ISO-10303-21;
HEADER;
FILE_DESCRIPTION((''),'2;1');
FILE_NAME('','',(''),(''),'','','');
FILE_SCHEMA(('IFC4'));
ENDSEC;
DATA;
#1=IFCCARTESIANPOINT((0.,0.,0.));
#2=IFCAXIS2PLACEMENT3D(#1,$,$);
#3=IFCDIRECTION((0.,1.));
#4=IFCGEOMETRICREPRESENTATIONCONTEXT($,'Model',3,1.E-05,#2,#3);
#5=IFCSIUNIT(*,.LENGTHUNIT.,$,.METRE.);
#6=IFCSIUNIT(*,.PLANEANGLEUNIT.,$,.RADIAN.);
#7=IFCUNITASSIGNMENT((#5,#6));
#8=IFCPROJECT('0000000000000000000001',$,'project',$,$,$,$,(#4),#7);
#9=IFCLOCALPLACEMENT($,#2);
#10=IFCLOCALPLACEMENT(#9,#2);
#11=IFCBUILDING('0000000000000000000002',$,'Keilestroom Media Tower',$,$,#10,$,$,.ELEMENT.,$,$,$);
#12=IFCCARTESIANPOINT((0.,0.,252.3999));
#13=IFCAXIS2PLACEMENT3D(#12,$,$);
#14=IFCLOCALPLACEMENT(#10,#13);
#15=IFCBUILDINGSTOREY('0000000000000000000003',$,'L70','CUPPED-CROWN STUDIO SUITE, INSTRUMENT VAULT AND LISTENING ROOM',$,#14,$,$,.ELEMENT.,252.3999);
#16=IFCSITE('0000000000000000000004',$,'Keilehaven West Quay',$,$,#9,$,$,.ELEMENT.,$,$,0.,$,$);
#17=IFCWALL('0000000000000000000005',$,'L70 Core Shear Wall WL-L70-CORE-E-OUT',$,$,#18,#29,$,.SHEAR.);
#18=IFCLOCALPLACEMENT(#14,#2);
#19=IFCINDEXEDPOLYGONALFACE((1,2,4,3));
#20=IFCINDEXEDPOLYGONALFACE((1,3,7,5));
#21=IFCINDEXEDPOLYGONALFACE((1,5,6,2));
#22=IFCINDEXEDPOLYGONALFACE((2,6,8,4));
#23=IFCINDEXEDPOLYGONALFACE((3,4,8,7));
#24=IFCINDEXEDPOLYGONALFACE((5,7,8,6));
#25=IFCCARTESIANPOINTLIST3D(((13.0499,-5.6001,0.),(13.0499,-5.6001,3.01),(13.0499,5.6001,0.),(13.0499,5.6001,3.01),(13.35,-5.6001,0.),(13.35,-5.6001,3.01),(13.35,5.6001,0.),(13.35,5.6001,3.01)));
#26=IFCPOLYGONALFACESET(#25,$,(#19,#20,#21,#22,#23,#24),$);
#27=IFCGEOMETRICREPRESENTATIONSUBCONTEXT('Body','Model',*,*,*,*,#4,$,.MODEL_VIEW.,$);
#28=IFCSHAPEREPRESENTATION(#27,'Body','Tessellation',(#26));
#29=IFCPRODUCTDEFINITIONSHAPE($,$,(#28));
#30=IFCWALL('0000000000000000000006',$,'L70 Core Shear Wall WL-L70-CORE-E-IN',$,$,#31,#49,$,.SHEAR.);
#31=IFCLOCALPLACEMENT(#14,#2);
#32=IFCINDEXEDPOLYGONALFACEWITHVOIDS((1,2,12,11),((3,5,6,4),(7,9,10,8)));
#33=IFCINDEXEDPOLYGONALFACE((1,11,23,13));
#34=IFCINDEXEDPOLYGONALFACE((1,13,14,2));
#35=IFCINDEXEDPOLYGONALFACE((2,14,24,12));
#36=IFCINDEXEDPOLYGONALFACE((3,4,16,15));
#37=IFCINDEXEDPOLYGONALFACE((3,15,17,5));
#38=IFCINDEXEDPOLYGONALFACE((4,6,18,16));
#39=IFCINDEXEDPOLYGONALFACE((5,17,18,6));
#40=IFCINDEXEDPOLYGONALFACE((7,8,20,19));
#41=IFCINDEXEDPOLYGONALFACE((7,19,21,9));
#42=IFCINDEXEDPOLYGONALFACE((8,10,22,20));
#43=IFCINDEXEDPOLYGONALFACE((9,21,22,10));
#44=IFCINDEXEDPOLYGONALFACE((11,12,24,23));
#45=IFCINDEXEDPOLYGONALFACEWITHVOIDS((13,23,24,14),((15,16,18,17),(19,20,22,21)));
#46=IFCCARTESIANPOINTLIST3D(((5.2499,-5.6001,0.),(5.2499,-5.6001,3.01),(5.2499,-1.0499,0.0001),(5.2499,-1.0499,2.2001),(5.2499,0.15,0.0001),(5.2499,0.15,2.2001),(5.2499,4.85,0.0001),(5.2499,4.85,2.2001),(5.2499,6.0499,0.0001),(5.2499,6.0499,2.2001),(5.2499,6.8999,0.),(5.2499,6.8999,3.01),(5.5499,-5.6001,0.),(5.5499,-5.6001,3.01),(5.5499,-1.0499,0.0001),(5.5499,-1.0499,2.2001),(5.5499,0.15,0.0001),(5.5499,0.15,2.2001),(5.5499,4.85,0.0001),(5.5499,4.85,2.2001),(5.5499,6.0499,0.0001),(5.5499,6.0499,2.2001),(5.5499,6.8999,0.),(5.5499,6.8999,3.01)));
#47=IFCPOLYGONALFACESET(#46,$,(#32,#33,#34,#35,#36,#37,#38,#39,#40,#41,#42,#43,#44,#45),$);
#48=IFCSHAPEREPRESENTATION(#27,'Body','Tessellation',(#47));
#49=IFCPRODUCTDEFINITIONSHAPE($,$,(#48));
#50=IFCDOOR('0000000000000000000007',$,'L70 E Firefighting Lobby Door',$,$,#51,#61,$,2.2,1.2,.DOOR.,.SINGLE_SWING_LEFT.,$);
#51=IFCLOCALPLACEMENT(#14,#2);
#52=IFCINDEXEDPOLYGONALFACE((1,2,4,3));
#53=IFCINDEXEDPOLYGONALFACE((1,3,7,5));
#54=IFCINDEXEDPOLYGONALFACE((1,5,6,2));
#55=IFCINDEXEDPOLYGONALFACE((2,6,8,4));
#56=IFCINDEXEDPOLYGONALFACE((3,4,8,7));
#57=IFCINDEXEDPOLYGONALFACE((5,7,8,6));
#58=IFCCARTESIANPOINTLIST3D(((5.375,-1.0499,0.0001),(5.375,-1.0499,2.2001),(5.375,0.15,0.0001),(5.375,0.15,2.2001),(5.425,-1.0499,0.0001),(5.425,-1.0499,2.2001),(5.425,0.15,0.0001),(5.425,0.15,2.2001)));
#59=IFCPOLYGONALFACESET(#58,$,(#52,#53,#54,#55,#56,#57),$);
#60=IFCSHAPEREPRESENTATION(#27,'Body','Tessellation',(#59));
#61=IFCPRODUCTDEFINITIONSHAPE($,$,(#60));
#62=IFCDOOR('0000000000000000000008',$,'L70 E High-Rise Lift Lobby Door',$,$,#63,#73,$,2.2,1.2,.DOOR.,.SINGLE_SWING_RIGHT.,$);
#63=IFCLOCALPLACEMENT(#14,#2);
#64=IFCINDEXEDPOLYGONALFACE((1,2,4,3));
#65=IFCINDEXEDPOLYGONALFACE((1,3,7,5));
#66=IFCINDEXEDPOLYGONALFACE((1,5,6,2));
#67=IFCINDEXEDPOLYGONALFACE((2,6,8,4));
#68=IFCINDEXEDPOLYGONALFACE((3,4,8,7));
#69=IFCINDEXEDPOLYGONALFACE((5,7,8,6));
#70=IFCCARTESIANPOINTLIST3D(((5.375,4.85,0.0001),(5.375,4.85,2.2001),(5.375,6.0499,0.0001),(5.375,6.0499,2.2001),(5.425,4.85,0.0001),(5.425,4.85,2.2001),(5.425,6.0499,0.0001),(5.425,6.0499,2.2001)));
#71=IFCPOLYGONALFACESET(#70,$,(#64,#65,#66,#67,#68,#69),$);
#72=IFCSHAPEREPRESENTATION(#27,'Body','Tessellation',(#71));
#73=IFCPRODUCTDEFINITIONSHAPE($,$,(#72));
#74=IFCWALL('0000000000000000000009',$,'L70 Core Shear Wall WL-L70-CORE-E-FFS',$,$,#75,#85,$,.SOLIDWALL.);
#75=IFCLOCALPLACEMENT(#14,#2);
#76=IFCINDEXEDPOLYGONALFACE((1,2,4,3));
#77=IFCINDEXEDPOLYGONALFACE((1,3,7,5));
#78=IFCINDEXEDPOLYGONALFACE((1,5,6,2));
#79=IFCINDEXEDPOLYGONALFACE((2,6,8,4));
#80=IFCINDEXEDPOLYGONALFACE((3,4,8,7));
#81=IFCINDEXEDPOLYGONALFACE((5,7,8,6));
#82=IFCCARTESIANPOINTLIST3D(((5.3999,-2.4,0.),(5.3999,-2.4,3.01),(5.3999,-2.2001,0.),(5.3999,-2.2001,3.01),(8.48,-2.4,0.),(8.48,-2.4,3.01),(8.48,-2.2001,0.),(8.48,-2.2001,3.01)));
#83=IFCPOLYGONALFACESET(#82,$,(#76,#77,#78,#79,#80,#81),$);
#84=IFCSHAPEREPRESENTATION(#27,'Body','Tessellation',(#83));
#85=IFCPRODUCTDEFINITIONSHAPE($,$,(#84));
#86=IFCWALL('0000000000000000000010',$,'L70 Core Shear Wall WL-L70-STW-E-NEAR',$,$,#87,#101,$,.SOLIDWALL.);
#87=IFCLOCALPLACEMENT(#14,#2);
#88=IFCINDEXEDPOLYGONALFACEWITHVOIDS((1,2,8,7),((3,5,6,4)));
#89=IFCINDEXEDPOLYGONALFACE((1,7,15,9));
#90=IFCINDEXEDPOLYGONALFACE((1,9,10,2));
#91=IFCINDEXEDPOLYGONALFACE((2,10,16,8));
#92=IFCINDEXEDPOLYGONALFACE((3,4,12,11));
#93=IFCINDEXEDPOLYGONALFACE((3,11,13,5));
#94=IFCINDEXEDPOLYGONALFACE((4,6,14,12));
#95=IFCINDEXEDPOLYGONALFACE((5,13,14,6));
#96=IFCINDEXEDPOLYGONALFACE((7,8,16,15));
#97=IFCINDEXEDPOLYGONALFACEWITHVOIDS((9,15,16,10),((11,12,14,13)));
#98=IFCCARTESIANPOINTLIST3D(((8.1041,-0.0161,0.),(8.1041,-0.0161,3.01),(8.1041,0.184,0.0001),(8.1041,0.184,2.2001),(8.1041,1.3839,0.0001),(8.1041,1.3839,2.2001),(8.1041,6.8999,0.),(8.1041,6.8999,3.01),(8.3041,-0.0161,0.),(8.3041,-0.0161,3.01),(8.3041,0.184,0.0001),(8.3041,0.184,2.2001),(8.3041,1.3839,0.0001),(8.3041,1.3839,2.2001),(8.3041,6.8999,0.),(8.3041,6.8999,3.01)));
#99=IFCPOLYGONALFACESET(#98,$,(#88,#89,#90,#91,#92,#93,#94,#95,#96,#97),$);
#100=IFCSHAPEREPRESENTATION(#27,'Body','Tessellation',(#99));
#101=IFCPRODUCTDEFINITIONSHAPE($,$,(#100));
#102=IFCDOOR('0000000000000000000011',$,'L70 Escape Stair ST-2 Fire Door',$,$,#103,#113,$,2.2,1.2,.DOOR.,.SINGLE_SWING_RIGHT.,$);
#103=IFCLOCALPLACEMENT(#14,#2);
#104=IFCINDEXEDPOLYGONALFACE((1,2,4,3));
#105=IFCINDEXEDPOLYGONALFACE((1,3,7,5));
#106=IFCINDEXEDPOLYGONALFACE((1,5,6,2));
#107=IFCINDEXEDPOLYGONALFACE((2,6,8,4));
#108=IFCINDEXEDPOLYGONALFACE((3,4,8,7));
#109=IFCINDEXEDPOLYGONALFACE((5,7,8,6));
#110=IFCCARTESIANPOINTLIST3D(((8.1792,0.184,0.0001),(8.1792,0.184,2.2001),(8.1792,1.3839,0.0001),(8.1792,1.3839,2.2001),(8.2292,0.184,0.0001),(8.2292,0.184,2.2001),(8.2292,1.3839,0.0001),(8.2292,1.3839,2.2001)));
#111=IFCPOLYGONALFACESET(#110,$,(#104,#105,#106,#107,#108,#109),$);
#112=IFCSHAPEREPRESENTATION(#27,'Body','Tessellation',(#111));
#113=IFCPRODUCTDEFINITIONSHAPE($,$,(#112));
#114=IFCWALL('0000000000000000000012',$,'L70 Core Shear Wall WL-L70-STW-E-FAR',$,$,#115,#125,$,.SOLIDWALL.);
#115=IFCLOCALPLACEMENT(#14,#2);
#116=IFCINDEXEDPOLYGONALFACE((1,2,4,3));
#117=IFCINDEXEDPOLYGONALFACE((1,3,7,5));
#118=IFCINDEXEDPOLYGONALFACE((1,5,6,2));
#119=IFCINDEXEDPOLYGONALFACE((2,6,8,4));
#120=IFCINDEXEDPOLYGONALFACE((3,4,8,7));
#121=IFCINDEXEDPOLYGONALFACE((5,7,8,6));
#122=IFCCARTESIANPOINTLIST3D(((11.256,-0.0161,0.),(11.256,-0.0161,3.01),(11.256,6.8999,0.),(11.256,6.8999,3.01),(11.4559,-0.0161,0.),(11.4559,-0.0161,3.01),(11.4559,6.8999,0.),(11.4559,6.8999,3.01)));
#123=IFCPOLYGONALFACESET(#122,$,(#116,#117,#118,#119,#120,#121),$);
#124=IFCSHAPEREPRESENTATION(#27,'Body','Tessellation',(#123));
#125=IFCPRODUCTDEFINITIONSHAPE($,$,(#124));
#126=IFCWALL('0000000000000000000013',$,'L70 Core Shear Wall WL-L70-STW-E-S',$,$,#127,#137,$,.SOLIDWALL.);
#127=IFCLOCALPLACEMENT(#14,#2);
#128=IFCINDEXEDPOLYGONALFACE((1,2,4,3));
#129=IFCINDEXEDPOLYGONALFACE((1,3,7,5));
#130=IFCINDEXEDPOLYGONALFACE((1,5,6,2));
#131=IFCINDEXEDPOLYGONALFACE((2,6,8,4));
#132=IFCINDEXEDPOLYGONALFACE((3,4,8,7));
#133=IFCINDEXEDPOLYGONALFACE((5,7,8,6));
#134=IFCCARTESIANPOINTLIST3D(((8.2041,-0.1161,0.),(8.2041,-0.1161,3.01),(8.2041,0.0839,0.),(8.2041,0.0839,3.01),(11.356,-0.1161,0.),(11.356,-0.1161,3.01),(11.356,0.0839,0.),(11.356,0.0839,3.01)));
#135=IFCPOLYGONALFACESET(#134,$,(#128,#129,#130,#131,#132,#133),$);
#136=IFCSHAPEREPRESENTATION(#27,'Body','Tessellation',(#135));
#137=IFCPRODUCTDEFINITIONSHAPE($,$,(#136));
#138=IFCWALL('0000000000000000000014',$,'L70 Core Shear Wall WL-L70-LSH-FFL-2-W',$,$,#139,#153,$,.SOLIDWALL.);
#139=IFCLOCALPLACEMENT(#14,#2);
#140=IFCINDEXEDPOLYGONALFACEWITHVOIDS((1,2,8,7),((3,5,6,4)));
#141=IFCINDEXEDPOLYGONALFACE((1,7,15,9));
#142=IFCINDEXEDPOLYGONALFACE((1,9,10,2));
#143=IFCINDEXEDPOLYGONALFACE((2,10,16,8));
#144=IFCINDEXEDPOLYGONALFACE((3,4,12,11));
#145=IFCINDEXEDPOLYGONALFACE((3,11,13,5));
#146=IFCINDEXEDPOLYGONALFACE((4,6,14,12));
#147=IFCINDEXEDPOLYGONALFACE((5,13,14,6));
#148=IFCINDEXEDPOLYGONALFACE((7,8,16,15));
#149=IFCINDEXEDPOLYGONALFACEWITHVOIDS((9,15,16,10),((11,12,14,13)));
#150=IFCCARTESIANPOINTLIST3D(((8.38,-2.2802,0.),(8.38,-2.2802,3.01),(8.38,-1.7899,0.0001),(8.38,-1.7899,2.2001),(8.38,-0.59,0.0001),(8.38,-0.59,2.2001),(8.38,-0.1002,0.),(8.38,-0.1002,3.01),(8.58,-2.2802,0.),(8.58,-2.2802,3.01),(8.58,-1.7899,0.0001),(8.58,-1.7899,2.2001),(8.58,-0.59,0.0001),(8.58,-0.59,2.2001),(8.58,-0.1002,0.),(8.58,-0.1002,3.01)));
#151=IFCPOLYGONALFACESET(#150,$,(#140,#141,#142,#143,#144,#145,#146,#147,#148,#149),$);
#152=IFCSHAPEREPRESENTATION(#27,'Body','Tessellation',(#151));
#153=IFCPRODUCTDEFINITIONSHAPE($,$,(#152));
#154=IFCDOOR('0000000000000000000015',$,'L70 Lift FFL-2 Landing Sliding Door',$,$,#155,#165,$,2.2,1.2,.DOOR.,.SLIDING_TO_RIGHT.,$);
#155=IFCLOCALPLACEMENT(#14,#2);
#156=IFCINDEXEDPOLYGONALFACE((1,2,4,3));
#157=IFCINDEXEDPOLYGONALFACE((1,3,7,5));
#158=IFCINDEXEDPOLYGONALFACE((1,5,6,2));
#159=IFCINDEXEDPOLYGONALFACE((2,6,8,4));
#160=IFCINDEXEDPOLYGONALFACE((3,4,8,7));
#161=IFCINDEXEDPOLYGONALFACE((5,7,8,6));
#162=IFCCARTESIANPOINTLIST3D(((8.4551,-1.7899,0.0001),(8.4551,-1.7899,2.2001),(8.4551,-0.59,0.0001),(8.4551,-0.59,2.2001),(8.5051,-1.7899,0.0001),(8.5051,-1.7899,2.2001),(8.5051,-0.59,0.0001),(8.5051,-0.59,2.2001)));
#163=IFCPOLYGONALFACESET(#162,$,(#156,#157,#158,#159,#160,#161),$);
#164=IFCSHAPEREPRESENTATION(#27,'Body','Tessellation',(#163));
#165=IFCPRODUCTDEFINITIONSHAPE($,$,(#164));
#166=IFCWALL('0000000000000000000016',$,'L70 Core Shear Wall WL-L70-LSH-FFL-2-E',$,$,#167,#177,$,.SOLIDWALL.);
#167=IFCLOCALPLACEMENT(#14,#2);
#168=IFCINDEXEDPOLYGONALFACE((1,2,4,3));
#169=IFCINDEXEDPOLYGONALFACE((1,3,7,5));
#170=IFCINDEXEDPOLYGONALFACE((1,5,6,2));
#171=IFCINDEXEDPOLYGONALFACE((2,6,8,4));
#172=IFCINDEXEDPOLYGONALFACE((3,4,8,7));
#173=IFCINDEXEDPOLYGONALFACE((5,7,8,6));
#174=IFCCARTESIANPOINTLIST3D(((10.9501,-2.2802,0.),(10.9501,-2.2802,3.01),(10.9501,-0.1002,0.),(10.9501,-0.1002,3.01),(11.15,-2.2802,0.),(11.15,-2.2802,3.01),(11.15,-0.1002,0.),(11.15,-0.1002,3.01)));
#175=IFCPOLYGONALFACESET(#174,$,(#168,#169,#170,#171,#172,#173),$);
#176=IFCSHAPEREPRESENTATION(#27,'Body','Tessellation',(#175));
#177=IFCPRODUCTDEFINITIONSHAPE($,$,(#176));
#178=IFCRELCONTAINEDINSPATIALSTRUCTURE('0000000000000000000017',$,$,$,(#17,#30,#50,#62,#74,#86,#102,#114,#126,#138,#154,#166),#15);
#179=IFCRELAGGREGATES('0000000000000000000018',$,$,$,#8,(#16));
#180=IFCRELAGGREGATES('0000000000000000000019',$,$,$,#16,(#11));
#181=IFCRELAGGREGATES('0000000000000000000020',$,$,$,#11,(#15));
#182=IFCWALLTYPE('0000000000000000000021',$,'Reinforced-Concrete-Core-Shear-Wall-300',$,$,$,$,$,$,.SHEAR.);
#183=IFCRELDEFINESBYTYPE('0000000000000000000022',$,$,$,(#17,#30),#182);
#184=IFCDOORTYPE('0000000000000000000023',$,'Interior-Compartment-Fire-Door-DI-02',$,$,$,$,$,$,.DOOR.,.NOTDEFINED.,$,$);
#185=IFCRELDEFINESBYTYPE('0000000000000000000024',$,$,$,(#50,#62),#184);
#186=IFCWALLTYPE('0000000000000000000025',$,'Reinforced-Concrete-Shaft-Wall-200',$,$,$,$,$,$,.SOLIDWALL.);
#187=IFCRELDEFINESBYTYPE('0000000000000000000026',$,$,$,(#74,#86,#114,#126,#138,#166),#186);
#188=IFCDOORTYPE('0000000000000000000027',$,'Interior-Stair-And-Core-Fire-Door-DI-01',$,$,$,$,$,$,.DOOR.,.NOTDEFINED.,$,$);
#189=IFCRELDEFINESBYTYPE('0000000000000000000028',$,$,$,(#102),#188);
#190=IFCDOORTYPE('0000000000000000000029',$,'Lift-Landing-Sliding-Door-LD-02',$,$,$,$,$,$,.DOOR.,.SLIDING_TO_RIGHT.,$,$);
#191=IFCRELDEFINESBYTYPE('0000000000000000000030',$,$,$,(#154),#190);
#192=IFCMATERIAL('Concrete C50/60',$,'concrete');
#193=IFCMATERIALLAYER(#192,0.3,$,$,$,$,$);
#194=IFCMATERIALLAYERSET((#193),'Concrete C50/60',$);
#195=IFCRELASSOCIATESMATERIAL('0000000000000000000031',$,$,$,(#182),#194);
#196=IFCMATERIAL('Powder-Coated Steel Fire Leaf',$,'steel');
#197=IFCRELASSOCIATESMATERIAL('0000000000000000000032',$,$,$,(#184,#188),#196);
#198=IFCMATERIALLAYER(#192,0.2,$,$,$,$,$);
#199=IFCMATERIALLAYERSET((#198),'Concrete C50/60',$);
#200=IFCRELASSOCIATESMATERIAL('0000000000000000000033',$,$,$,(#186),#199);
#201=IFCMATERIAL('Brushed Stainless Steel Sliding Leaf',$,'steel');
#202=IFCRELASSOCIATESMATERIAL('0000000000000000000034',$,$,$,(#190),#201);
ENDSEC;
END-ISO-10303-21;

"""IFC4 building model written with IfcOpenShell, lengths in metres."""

from ifc_helpers import new_model, si_unit, direction, frame, frame_2d, origin, place, context, subcontext, project, spatial, rectangle, extrude, source, transform, mapped, material, layer, layer_set, type_object, element, fill, save


model = new_model("IFC4")

# Units and contexts
model_context = context("Model", 3, precision=1e-05, world=origin(), true_north=direction((0.0, 1.0)))
body_context = subcontext(model_context, "Body", "Model", "MODEL_VIEW")
ifc_project = project(units=[si_unit("LENGTHUNIT", "METRE"), si_unit("PLANEANGLEUNIT", "RADIAN")], contexts=[model_context])

# Site, building, storey
site_placement = place(None, origin())
site = spatial("IfcSite", under=ifc_project, at=site_placement, Name="Keilehaven West Quay", CompositionType="ELEMENT", RefElevation=0.0)
building_placement = place(site_placement, origin())
building = spatial("IfcBuilding", under=site, at=building_placement, Name="Keilestroom Media Tower", CompositionType="ELEMENT")
storey_placement = place(building_placement, frame((0.0, 0.0, 252.3999)))
storey = spatial("IfcBuildingStorey", under=building, at=storey_placement, Name="L70", Description="CUPPED-CROWN STUDIO SUITE, INSTRUMENT VAULT AND LISTENING ROOM", CompositionType="ELEMENT", Elevation=252.3999)

# Shared definitions
ifc_material_1 = material(Name="Concrete C50/60", Category="concrete")

# Wall
ifc_layer_1 = layer(ifc_material_1, 0.3)
ifc_layer_set_1 = layer_set([ifc_layer_1], Name="Concrete C50/60")
wall_type_1 = type_object("IfcWallType", Name="Reinforced-Concrete-Core-Shear-Wall-300", PredefinedType="SHEAR", material=ifc_layer_set_1)
wall_1_placement = place(storey_placement, frame((13.2, -5.6001, 0.0), z_axis=(0.0, 0.0, 1.0), x_axis=(0.0, 1.0, 0.0)))
element("IfcWall", 1, at=wall_1_placement, inside=storey, type_object=wall_type_1, Name="L70 Core Shear Wall WL-L70-CORE-E-OUT", PredefinedType="SHEAR", context=body_context, shape_type="SweptSolid", body=[
    extrude(rectangle(XDim=11.2002, YDim=0.3, at=frame_2d((5.6001, 0.0))), origin(), (0.0, 0.0, 1.0), 3.01),
])

# Wall, openings, doors
wall_2_placement = place(storey_placement, frame((5.3999, -5.6001, 0.0), z_axis=(0.0, 0.0, 1.0), x_axis=(0.0, 1.0, 0.0)))
wall_2 = element("IfcWall", 2, at=wall_2_placement, inside=storey, type_object=wall_type_1, Name="L70 Core Shear Wall WL-L70-CORE-E-IN", PredefinedType="SHEAR", context=body_context, shape_type="SweptSolid", body=[
    extrude(rectangle(XDim=12.5, YDim=0.3, at=frame_2d((6.25, 0.0))), origin(), (0.0, 0.0, 1.0), 3.01),
])
opening_1_placement = place(wall_2_placement, frame((4.55, 0.0, 0.0)))
opening_1 = element("IfcOpeningElement", 3, at=opening_1_placement, cuts=wall_2, PredefinedType="OPENING", context=body_context, shape_type="SweptSolid", body=[
    extrude(rectangle(XDim=1.2, YDim=2.2, at=frame_2d((0.6001, 1.1001))), frame((0.0, 0.1602, 0.0), z_axis=(0.0, -1.0, 0.0), x_axis=(1.0, 0.0, 0.0)), (0.0, 0.0, 1.0), 0.3201),
])
opening_2_placement = place(wall_2_placement, frame((10.45, 0.0, 0.0)))
opening_2 = element("IfcOpeningElement", 4, at=opening_2_placement, cuts=wall_2, PredefinedType="OPENING", context=body_context, shape_type="SweptSolid", body=[
    extrude(rectangle(XDim=1.2, YDim=2.2, at=frame_2d((0.6001, 1.1001))), frame((0.0, 0.1602, 0.0), z_axis=(0.0, -1.0, 0.0), x_axis=(1.0, 0.0, 0.0)), (0.0, 0.0, 1.0), 0.3201),
])
ifc_material_2 = material(Name="Powder-Coated Steel Fire Leaf", Category="steel")
door_type_1 = type_object("IfcDoorType", Name="Interior-Compartment-Fire-Door-DI-02", OperationType="NOTDEFINED", PredefinedType="DOOR", material=ifc_material_2)
shared_shape_1 = source(origin(), body_context, "Body", "SweptSolid", [
    extrude(rectangle(XDim=1.2, YDim=2.2, at=frame_2d((0.6001, 1.1001))), frame((0.0, 0.0249, 0.0), z_axis=(0.0, -1.0, 0.0), x_axis=(1.0, 0.0, 0.0)), (0.0, 0.0, 1.0), 0.05),
])
door_1_placement = place(opening_1_placement, origin())
door_1 = element("IfcDoor", 5, at=door_1_placement, inside=storey, type_object=door_type_1, Name="L70 E Firefighting Lobby Door", OperationType="SINGLE_SWING_LEFT", OverallHeight=2.2, OverallWidth=1.2, PredefinedType="DOOR", context=body_context, shape_type="MappedRepresentation", body=[
    mapped(shared_shape_1, transform((0.0, 0.0, 0.0), x_axis=(1.0, 0.0, 0.0), y_axis=(0.0, 1.0, 0.0), z_axis=(0.0, 0.0, 1.0), scale=1.0)),
])
fill(opening_1, door_1)
door_2_placement = place(opening_2_placement, origin())
door_2 = element("IfcDoor", 6, at=door_2_placement, inside=storey, type_object=door_type_1, Name="L70 E High-Rise Lift Lobby Door", OperationType="SINGLE_SWING_RIGHT", OverallHeight=2.2, OverallWidth=1.2, PredefinedType="DOOR", context=body_context, shape_type="MappedRepresentation", body=[
    mapped(shared_shape_1, transform((0.0, 0.0, 0.0), x_axis=(1.0, 0.0, 0.0), y_axis=(0.0, 1.0, 0.0), z_axis=(0.0, 0.0, 1.0), scale=1.0)),
])
fill(opening_2, door_2)

# Wall
ifc_layer_2 = layer(ifc_material_1, 0.2)
ifc_layer_set_2 = layer_set([ifc_layer_2], Name="Concrete C50/60")
wall_type_2 = type_object("IfcWallType", Name="Reinforced-Concrete-Shaft-Wall-200", PredefinedType="SOLIDWALL", material=ifc_layer_set_2)
wall_3_placement = place(storey_placement, frame((5.3999, -2.3, 0.0), z_axis=(0.0, 0.0, 1.0), x_axis=(1.0, 0.0, 0.0)))
element("IfcWall", 7, at=wall_3_placement, inside=storey, type_object=wall_type_2, Name="L70 Core Shear Wall WL-L70-CORE-E-FFS", PredefinedType="SOLIDWALL", context=body_context, shape_type="SweptSolid", body=[
    extrude(rectangle(XDim=3.0801, YDim=0.2, at=frame_2d((1.54, 0.0))), origin(), (0.0, 0.0, 1.0), 3.01),
])

# Wall, opening, door
wall_4_placement = place(storey_placement, frame((8.2041, -0.0161, 0.0), z_axis=(0.0, 0.0, 1.0), x_axis=(0.0, 1.0, 0.0)))
wall_4 = element("IfcWall", 8, at=wall_4_placement, inside=storey, type_object=wall_type_2, Name="L70 Core Shear Wall WL-L70-STW-E-NEAR", PredefinedType="SOLIDWALL", context=body_context, shape_type="SweptSolid", body=[
    extrude(rectangle(XDim=6.916, YDim=0.2, at=frame_2d((3.458, 0.0))), origin(), (0.0, 0.0, 1.0), 3.01),
])
opening_3_placement = place(wall_4_placement, frame((0.2, 0.0, 0.0)))
opening_3 = element("IfcOpeningElement", 9, at=opening_3_placement, cuts=wall_4, PredefinedType="OPENING", context=body_context, shape_type="SweptSolid", body=[
    extrude(rectangle(XDim=1.2, YDim=2.2, at=frame_2d((0.6001, 1.1001))), frame((0.0, 0.1099, 0.0), z_axis=(0.0, -1.0, 0.0), x_axis=(1.0, 0.0, 0.0)), (0.0, 0.0, 1.0), 0.22),
])
door_type_2 = type_object("IfcDoorType", Name="Interior-Stair-And-Core-Fire-Door-DI-01", OperationType="NOTDEFINED", PredefinedType="DOOR", material=ifc_material_2)
door_3_placement = place(opening_3_placement, origin())
door_3 = element("IfcDoor", 10, at=door_3_placement, inside=storey, type_object=door_type_2, Name="L70 Escape Stair ST-2 Fire Door", OperationType="SINGLE_SWING_RIGHT", OverallHeight=2.2, OverallWidth=1.2, PredefinedType="DOOR", context=body_context, shape_type="MappedRepresentation", body=[
    mapped(shared_shape_1, transform((0.0, 0.0, 0.0), x_axis=(1.0, 0.0, 0.0), y_axis=(0.0, 1.0, 0.0), z_axis=(0.0, 0.0, 1.0), scale=1.0)),
])
fill(opening_3, door_3)

# Walls
wall_5_placement = place(storey_placement, frame((11.356, -0.0161, 0.0), z_axis=(0.0, 0.0, 1.0), x_axis=(0.0, 1.0, 0.0)))
element("IfcWall", 11, at=wall_5_placement, inside=storey, type_object=wall_type_2, Name="L70 Core Shear Wall WL-L70-STW-E-FAR", PredefinedType="SOLIDWALL", context=body_context, shape_type="SweptSolid", body=[
    extrude(rectangle(XDim=6.916, YDim=0.2, at=frame_2d((3.458, 0.0))), origin(), (0.0, 0.0, 1.0), 3.01),
])
wall_6_placement = place(storey_placement, frame((8.2041, -0.0161, 0.0), z_axis=(0.0, 0.0, 1.0), x_axis=(1.0, 0.0, 0.0)))
element("IfcWall", 12, at=wall_6_placement, inside=storey, type_object=wall_type_2, Name="L70 Core Shear Wall WL-L70-STW-E-S", PredefinedType="SOLIDWALL", context=body_context, shape_type="SweptSolid", body=[
    extrude(rectangle(XDim=3.1519, YDim=0.2, at=frame_2d((1.5759, 0.0))), origin(), (0.0, 0.0, 1.0), 3.01),
])

# Wall, opening, door
wall_7_placement = place(storey_placement, frame((8.48, -2.28, 0.0), z_axis=(0.0, 0.0, 1.0), x_axis=(0.0, 1.0, 0.0)))
wall_7 = element("IfcWall", 13, at=wall_7_placement, inside=storey, type_object=wall_type_2, Name="L70 Core Shear Wall WL-L70-LSH-FFL-2-W", PredefinedType="SOLIDWALL", context=body_context, shape_type="SweptSolid", body=[
    extrude(rectangle(XDim=2.1799, YDim=0.2, at=frame_2d((1.0898, 0.0))), origin(), (0.0, 0.0, 1.0), 3.01),
])
opening_4_placement = place(wall_7_placement, frame((0.49, 0.0, 0.0)))
opening_4 = element("IfcOpeningElement", 14, at=opening_4_placement, cuts=wall_7, PredefinedType="OPENING", context=body_context, shape_type="SweptSolid", body=[
    extrude(rectangle(XDim=1.2, YDim=2.2, at=frame_2d((0.6001, 1.1001))), frame((0.0, 0.1099, 0.0), z_axis=(0.0, -1.0, 0.0), x_axis=(1.0, 0.0, 0.0)), (0.0, 0.0, 1.0), 0.22),
])
ifc_material_3 = material(Name="Brushed Stainless Steel Sliding Leaf", Category="steel")
door_type_3 = type_object("IfcDoorType", Name="Lift-Landing-Sliding-Door-LD-02", OperationType="SLIDING_TO_RIGHT", PredefinedType="DOOR", material=ifc_material_3)
door_4_placement = place(opening_4_placement, origin())
door_4 = element("IfcDoor", 15, at=door_4_placement, inside=storey, type_object=door_type_3, Name="L70 Lift FFL-2 Landing Sliding Door", OperationType="SLIDING_TO_RIGHT", OverallHeight=2.2, OverallWidth=1.2, PredefinedType="DOOR", context=body_context, shape_type="MappedRepresentation", body=[
    mapped(shared_shape_1, transform((0.0, 0.0, 0.0), x_axis=(1.0, 0.0, 0.0), y_axis=(0.0, 1.0, 0.0), z_axis=(0.0, 0.0, 1.0), scale=1.0)),
])
fill(opening_4, door_4)

# Wall
wall_8_placement = place(storey_placement, frame((11.05, -2.28, 0.0), z_axis=(0.0, 0.0, 1.0), x_axis=(0.0, 1.0, 0.0)))
element("IfcWall", 16, at=wall_8_placement, inside=storey, type_object=wall_type_2, Name="L70 Core Shear Wall WL-L70-LSH-FFL-2-E", PredefinedType="SOLIDWALL", context=body_context, shape_type="SweptSolid", body=[
    extrude(rectangle(XDim=2.1799, YDim=0.2, at=frame_2d((1.0898, 0.0))), origin(), (0.0, 0.0, 1.0), 3.01),
])

save(model, "model.ifc")
